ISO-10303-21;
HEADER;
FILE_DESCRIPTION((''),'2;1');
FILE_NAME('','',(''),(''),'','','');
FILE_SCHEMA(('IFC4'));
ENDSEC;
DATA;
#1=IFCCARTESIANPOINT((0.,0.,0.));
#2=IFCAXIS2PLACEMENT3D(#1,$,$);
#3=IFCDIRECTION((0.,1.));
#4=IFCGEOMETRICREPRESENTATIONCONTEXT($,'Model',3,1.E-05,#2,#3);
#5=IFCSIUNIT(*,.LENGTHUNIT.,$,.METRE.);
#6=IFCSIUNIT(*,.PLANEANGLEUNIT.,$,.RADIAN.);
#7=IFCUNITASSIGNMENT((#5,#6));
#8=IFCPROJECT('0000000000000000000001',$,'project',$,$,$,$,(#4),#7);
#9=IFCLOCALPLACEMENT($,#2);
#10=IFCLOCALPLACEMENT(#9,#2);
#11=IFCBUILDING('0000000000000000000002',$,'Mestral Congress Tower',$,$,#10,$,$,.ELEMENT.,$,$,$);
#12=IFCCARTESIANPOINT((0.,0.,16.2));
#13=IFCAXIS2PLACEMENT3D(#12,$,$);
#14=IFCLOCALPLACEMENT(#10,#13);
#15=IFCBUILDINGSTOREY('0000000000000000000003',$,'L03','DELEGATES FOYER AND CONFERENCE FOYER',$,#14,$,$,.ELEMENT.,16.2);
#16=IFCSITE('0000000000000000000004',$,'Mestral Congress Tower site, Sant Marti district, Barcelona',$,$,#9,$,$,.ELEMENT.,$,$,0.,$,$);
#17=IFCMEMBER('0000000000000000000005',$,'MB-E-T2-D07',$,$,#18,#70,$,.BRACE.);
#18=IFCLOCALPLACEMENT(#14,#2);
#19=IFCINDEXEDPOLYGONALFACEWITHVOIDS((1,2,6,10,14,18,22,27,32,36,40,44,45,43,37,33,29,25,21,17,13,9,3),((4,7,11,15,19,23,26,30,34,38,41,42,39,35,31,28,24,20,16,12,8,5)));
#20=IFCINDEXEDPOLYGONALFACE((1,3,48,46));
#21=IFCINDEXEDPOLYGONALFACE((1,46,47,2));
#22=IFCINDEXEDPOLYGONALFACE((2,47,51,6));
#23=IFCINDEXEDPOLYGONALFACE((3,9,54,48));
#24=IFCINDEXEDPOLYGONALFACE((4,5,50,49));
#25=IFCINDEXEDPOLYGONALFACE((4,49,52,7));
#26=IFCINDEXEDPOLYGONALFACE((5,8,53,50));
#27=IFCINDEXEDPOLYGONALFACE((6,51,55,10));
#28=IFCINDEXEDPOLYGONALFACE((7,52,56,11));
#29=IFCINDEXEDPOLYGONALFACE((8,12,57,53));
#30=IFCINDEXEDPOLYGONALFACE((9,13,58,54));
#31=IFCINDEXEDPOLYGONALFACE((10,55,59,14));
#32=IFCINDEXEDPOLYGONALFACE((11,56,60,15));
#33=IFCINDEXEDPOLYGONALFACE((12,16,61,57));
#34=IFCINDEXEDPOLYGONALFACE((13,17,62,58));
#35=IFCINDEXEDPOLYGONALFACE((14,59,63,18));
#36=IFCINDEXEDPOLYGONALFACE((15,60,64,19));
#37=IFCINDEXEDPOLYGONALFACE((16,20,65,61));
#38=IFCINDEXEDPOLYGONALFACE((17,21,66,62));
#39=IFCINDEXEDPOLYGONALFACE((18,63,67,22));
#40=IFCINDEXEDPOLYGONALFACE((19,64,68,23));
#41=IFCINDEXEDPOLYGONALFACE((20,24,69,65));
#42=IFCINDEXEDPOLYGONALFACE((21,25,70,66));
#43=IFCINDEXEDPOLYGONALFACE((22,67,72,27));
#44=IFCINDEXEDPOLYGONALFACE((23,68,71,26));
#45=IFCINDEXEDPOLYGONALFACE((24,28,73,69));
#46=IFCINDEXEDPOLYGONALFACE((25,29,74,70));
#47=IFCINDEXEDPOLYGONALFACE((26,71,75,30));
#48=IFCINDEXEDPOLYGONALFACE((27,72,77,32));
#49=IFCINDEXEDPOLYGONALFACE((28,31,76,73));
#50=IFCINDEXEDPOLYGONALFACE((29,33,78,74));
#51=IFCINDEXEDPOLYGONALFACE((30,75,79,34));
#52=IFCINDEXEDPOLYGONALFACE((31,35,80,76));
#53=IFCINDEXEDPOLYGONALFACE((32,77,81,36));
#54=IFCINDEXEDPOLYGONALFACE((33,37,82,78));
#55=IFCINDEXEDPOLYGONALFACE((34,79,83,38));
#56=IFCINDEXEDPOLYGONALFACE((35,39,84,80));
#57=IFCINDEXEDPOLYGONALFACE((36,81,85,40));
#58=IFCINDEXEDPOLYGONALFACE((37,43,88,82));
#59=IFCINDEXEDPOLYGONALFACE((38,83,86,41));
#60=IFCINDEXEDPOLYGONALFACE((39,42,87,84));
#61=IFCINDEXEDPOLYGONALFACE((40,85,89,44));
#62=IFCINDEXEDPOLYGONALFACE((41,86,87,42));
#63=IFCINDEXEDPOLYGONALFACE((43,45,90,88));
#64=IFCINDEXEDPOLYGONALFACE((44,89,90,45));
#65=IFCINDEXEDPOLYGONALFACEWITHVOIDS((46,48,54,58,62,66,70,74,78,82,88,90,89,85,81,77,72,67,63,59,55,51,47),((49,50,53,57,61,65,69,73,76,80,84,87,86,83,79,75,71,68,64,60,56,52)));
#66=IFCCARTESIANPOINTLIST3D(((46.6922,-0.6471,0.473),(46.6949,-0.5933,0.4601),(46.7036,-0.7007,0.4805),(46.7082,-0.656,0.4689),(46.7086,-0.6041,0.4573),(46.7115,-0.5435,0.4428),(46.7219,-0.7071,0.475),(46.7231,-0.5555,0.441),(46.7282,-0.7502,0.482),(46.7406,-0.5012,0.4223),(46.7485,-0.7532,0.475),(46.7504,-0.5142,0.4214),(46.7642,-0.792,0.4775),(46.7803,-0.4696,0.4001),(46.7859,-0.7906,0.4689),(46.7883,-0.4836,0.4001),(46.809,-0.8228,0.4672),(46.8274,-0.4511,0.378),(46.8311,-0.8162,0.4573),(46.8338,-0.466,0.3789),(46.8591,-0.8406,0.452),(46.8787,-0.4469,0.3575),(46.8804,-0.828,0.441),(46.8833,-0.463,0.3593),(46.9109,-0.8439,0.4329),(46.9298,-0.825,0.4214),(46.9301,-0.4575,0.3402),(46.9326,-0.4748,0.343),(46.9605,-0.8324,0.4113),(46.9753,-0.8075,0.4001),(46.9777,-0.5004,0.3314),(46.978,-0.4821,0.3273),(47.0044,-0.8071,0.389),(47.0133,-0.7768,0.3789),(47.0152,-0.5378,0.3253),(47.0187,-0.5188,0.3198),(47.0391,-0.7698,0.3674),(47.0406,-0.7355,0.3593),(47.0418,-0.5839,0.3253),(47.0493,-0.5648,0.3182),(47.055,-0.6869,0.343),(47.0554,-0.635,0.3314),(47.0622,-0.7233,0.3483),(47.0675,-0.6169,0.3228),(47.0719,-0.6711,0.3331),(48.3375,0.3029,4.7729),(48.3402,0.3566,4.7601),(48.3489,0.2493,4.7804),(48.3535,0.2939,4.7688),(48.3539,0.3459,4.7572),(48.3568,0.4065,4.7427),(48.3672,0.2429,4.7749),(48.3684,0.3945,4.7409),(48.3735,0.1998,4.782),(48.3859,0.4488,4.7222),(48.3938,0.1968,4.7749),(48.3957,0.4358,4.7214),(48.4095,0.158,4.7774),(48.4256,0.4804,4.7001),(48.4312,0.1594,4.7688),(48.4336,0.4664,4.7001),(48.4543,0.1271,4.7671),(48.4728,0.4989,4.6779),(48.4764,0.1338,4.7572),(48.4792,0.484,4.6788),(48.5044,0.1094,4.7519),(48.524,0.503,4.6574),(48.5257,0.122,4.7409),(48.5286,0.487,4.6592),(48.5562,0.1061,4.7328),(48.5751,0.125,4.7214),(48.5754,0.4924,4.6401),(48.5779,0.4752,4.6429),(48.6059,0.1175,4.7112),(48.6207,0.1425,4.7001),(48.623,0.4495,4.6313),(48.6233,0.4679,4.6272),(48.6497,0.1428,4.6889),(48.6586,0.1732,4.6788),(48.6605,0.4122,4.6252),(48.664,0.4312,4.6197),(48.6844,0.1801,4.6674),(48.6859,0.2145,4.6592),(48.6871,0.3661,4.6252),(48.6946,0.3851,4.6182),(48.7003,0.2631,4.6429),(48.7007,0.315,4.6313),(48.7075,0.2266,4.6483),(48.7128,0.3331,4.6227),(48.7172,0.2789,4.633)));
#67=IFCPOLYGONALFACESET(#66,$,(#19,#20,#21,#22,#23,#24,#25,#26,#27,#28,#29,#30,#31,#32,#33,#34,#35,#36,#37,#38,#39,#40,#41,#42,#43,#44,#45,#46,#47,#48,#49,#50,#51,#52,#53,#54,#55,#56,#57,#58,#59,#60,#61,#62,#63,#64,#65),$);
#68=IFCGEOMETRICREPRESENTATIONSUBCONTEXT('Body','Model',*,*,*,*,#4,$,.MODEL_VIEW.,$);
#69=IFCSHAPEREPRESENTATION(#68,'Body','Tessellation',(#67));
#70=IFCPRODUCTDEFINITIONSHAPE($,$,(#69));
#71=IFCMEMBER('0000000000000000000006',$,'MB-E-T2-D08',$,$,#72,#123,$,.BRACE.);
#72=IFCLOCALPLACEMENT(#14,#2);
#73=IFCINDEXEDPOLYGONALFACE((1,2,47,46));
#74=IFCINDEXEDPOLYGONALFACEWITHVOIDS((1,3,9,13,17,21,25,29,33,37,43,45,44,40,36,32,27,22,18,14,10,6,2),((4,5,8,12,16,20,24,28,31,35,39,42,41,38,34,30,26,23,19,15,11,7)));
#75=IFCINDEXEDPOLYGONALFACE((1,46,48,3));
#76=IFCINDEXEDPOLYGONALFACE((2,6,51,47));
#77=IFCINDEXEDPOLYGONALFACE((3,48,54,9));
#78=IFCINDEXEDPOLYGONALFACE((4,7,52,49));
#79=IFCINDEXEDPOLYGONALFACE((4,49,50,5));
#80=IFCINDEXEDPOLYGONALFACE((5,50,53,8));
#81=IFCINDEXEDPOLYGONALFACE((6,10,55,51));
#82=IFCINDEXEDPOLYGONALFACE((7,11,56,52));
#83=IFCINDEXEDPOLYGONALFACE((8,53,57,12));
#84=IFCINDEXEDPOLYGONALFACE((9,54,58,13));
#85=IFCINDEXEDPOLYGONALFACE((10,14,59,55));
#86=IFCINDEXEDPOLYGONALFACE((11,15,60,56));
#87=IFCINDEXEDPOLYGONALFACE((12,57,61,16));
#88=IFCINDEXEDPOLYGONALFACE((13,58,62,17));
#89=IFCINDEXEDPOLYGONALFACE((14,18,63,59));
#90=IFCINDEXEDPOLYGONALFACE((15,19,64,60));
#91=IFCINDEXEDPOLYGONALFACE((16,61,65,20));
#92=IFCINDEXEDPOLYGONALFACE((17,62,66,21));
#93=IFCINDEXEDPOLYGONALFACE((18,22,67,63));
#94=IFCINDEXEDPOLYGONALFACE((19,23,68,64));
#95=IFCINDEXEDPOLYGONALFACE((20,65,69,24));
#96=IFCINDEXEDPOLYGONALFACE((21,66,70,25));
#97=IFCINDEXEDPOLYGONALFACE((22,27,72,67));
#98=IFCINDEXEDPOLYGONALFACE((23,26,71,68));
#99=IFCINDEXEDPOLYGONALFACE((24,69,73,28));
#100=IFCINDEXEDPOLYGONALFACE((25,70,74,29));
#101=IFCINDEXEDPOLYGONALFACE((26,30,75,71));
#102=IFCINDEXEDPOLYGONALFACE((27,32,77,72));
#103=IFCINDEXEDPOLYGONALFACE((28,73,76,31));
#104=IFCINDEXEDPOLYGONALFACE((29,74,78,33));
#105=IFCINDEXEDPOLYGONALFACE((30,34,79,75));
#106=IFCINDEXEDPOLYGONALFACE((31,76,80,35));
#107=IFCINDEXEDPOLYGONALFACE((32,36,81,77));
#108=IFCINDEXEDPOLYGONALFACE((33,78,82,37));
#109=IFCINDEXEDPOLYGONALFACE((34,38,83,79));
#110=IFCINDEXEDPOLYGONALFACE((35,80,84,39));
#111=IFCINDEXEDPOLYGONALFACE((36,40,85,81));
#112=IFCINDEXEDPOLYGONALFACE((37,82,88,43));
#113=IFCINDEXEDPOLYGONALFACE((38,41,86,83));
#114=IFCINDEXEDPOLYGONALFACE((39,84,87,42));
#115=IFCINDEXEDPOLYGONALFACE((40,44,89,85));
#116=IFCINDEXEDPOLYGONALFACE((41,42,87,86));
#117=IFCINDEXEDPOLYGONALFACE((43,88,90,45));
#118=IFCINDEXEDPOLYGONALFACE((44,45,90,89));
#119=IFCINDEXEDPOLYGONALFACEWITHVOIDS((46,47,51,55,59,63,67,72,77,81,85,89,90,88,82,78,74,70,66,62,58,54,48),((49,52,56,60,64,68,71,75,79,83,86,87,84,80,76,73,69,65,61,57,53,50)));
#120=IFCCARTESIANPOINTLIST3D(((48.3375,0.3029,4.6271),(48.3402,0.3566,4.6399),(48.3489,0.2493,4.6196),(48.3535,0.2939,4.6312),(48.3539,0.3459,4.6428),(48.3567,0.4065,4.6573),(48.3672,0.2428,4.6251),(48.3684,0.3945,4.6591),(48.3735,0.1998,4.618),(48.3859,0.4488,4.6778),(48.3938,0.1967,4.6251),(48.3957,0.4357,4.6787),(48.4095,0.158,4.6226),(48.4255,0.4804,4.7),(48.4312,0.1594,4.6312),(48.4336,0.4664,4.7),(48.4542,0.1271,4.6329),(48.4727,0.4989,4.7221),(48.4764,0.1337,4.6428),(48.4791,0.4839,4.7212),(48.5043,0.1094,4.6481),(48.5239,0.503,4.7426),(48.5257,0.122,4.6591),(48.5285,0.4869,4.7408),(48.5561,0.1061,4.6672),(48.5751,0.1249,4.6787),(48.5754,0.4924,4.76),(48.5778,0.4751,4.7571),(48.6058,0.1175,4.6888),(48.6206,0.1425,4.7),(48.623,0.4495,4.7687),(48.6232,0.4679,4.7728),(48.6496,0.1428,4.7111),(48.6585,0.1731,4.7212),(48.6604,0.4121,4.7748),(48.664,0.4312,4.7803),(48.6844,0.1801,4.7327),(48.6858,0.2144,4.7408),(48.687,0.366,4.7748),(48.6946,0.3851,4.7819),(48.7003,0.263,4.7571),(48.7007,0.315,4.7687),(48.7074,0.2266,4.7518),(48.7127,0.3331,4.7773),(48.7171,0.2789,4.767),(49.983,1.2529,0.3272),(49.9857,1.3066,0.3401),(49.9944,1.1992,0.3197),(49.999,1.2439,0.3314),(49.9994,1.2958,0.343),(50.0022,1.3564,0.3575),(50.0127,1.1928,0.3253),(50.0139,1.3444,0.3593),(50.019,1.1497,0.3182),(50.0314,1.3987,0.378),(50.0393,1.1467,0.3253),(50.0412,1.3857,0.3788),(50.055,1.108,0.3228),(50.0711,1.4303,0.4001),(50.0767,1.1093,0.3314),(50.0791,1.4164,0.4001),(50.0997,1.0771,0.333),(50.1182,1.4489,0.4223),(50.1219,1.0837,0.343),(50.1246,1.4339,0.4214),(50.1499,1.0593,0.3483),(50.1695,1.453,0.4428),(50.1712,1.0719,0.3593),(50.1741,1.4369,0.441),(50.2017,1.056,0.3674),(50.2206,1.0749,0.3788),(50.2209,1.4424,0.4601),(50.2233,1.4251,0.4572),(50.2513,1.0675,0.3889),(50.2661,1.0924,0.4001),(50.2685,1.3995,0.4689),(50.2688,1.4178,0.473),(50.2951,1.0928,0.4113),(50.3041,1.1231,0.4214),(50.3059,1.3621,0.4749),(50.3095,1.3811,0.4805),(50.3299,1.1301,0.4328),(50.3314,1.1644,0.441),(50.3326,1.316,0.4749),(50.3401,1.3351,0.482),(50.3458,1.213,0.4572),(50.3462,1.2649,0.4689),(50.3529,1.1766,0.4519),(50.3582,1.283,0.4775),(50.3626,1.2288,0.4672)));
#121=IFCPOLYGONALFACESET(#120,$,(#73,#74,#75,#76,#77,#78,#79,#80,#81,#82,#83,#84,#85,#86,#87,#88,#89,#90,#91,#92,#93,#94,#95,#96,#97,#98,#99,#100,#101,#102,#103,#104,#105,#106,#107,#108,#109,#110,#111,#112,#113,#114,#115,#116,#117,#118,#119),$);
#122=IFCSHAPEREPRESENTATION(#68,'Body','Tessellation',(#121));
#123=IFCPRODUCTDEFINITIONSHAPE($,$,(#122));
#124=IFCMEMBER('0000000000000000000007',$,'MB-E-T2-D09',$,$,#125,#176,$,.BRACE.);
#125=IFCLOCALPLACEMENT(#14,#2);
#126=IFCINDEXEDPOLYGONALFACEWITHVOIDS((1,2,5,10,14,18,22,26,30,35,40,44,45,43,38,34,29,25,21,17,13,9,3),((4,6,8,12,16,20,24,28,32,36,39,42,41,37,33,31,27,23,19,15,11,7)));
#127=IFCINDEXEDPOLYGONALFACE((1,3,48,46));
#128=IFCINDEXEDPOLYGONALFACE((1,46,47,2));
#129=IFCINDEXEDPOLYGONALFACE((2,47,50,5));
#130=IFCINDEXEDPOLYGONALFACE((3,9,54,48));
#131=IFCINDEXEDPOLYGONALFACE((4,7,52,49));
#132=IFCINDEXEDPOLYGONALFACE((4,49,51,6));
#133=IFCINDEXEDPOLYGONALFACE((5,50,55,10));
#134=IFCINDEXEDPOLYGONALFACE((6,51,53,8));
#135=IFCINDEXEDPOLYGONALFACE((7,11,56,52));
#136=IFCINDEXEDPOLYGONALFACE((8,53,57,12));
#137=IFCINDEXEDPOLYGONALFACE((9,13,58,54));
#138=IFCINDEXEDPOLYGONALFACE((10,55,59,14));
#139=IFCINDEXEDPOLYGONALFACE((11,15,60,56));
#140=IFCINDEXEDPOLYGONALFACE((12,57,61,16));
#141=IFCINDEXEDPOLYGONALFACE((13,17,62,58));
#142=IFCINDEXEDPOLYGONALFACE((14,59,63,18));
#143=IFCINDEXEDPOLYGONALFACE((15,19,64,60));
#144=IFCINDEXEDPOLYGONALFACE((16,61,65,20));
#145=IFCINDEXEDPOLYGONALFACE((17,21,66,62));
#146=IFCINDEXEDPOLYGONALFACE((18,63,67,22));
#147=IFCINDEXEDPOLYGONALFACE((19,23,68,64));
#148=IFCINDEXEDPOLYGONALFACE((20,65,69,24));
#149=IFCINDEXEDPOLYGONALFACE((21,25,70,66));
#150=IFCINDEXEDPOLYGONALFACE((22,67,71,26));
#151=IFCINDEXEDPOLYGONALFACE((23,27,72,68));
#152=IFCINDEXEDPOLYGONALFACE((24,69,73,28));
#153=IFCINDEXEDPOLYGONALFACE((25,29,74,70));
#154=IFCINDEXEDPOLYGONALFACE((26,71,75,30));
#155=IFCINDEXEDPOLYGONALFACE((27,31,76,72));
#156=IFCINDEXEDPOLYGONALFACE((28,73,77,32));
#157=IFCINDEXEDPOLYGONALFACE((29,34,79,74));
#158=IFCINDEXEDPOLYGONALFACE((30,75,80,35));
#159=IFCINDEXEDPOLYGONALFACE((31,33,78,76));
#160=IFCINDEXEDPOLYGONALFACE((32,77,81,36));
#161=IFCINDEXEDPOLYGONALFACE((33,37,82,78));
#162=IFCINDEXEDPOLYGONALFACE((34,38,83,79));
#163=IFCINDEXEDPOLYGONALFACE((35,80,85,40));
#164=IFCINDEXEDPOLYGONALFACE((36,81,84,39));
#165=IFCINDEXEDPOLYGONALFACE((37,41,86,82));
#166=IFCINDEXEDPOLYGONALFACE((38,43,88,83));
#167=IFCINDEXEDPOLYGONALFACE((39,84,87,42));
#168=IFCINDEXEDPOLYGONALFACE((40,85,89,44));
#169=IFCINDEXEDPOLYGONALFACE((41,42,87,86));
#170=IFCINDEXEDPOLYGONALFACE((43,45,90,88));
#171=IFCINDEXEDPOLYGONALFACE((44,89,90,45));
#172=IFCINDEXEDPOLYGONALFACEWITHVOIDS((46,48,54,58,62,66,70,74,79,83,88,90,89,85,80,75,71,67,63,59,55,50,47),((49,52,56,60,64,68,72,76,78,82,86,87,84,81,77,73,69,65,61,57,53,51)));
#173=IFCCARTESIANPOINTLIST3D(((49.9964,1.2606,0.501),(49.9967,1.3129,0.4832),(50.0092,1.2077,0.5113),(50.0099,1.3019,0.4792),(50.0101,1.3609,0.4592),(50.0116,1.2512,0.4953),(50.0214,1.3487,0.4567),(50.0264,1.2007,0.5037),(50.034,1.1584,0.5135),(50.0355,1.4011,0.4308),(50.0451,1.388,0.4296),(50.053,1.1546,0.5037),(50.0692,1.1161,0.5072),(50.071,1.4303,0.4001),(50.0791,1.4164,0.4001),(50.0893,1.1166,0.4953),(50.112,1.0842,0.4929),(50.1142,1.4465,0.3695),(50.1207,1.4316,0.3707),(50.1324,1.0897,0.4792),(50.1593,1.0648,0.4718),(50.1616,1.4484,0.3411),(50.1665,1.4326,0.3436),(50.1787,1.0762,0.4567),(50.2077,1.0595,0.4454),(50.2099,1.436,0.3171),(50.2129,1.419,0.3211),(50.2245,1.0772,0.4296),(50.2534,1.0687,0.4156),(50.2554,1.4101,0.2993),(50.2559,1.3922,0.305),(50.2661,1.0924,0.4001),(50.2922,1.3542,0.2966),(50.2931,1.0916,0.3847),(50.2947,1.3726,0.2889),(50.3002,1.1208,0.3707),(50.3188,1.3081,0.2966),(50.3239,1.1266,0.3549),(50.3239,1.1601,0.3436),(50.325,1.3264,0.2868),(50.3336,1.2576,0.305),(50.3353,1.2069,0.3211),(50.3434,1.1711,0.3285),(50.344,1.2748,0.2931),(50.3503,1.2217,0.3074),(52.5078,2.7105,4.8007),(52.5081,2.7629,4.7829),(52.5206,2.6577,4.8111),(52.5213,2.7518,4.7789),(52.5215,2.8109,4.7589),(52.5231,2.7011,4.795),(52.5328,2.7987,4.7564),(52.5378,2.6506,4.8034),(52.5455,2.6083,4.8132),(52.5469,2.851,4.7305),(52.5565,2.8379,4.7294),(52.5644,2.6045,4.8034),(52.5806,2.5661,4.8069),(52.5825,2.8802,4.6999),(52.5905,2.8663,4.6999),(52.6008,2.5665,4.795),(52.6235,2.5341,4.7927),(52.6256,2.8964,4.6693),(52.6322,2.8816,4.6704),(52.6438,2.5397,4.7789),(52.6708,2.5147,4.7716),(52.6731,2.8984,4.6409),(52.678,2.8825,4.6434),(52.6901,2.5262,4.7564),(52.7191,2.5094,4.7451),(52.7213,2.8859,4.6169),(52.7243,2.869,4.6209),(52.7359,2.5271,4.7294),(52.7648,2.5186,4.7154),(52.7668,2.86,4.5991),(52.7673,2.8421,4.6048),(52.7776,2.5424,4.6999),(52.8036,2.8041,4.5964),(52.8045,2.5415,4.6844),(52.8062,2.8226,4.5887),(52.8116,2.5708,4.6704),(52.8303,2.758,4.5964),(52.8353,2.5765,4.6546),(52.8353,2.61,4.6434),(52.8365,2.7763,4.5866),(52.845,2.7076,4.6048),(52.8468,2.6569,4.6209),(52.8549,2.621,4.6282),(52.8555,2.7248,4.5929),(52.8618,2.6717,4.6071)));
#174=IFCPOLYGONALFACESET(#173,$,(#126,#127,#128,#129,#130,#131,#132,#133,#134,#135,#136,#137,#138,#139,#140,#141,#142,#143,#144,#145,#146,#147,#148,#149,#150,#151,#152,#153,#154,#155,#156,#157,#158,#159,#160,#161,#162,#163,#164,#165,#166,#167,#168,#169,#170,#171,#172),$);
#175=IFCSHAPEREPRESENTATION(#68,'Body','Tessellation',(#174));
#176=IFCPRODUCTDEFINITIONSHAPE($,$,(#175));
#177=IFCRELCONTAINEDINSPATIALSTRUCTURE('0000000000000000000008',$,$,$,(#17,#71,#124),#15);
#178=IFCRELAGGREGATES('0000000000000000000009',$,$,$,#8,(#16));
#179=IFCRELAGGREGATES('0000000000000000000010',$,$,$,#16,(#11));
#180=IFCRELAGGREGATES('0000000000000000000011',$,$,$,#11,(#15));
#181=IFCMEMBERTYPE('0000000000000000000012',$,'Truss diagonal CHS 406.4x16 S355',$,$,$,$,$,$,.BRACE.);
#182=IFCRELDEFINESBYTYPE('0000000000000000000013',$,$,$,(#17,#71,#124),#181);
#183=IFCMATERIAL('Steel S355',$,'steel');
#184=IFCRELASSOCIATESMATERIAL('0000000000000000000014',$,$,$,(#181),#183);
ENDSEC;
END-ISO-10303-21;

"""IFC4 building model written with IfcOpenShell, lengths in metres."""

from ifc_helpers import new_model, si_unit, direction, frame, origin, origin_2d, place, context, subcontext, project, spatial, hollow_circle, extrude, material, material_profile, profile_set, type_object, element, save


model = new_model("IFC4")

# Units and contexts
model_context = context("Model", 3, precision=1e-05, world=origin(), true_north=direction((0.0, 1.0)))
body_context = subcontext(model_context, "Body", "Model", "MODEL_VIEW")
ifc_project = project(units=[si_unit("LENGTHUNIT", "METRE"), si_unit("PLANEANGLEUNIT", "RADIAN")], contexts=[model_context])

# Site, building, storey
site_placement = place(None, origin())
site = spatial("IfcSite", under=ifc_project, at=site_placement, Name="Mestral Congress Tower site, Sant Marti district, Barcelona", CompositionType="ELEMENT", RefElevation=0.0)
building_placement = place(site_placement, origin())
building = spatial("IfcBuilding", under=site, at=building_placement, Name="Mestral Congress Tower", CompositionType="ELEMENT")
storey_placement = place(building_placement, frame((0.0, 0.0, 16.2)))
storey = spatial("IfcBuildingStorey", under=building, at=storey_placement, Name="L03", Description="DELEGATES FOYER AND CONFERENCE FOYER", CompositionType="ELEMENT", Elevation=16.2)

# Members
ifc_material_1 = material(Name="Steel S355", Category="steel")
ifc_material_profile_1 = material_profile(ifc_material_1, hollow_circle(Radius=0.2031, WallThickness=0.0161, at=origin_2d()), Name="CHS 406.4x16")
ifc_profile_set_1 = profile_set([ifc_material_profile_1], Name="Steel S355")
member_type_1 = type_object("IfcMemberType", Name="Truss diagonal CHS 406.4x16 S355", PredefinedType="BRACE", material=ifc_profile_set_1)
for number, where, z_axis, x_axis, name in (
    (1, (46.8818, -0.6455, 0.4001), (0.349996, 0.202082, 0.914694), (-0.500023, 0.866012, 0.0), "MB-E-T2-D07"),
    (2, (48.5271, 0.3044, 4.7), (0.350041, 0.202079, -0.914678), (-0.499967, 0.866044, 0.0), "MB-E-T2-D08"),
):
    element("IfcMember", number, at=place(storey_placement, frame(where, z_axis=z_axis, x_axis=x_axis)), inside=storey, type_object=member_type_1, Name=name, PredefinedType="BRACE", context=body_context, shape_type="SweptSolid", body=[
        extrude(hollow_circle(Radius=0.2031, WallThickness=0.0161, at=origin_2d()), origin(), (0.0, 0.0, 1.0), 4.7009),
    ])
for number, where, z_axis, x_axis, name in (
    (3, (50.1726, 1.2544, 0.4001), (0.484247, 0.279571, 0.829062), (-0.499987, 0.866033, 0.0), "MB-E-T2-D09"),
):
    element("IfcMember", number, at=place(storey_placement, frame(where, z_axis=z_axis, x_axis=x_axis)), inside=storey, type_object=member_type_1, Name=name, PredefinedType="BRACE", context=body_context, shape_type="SweptSolid", body=[
        extrude(hollow_circle(Radius=0.2031, WallThickness=0.0161, at=origin_2d()), origin(), (0.0, 0.0, 1.0), 5.1863),
    ])

save(model, "model.ifc")
